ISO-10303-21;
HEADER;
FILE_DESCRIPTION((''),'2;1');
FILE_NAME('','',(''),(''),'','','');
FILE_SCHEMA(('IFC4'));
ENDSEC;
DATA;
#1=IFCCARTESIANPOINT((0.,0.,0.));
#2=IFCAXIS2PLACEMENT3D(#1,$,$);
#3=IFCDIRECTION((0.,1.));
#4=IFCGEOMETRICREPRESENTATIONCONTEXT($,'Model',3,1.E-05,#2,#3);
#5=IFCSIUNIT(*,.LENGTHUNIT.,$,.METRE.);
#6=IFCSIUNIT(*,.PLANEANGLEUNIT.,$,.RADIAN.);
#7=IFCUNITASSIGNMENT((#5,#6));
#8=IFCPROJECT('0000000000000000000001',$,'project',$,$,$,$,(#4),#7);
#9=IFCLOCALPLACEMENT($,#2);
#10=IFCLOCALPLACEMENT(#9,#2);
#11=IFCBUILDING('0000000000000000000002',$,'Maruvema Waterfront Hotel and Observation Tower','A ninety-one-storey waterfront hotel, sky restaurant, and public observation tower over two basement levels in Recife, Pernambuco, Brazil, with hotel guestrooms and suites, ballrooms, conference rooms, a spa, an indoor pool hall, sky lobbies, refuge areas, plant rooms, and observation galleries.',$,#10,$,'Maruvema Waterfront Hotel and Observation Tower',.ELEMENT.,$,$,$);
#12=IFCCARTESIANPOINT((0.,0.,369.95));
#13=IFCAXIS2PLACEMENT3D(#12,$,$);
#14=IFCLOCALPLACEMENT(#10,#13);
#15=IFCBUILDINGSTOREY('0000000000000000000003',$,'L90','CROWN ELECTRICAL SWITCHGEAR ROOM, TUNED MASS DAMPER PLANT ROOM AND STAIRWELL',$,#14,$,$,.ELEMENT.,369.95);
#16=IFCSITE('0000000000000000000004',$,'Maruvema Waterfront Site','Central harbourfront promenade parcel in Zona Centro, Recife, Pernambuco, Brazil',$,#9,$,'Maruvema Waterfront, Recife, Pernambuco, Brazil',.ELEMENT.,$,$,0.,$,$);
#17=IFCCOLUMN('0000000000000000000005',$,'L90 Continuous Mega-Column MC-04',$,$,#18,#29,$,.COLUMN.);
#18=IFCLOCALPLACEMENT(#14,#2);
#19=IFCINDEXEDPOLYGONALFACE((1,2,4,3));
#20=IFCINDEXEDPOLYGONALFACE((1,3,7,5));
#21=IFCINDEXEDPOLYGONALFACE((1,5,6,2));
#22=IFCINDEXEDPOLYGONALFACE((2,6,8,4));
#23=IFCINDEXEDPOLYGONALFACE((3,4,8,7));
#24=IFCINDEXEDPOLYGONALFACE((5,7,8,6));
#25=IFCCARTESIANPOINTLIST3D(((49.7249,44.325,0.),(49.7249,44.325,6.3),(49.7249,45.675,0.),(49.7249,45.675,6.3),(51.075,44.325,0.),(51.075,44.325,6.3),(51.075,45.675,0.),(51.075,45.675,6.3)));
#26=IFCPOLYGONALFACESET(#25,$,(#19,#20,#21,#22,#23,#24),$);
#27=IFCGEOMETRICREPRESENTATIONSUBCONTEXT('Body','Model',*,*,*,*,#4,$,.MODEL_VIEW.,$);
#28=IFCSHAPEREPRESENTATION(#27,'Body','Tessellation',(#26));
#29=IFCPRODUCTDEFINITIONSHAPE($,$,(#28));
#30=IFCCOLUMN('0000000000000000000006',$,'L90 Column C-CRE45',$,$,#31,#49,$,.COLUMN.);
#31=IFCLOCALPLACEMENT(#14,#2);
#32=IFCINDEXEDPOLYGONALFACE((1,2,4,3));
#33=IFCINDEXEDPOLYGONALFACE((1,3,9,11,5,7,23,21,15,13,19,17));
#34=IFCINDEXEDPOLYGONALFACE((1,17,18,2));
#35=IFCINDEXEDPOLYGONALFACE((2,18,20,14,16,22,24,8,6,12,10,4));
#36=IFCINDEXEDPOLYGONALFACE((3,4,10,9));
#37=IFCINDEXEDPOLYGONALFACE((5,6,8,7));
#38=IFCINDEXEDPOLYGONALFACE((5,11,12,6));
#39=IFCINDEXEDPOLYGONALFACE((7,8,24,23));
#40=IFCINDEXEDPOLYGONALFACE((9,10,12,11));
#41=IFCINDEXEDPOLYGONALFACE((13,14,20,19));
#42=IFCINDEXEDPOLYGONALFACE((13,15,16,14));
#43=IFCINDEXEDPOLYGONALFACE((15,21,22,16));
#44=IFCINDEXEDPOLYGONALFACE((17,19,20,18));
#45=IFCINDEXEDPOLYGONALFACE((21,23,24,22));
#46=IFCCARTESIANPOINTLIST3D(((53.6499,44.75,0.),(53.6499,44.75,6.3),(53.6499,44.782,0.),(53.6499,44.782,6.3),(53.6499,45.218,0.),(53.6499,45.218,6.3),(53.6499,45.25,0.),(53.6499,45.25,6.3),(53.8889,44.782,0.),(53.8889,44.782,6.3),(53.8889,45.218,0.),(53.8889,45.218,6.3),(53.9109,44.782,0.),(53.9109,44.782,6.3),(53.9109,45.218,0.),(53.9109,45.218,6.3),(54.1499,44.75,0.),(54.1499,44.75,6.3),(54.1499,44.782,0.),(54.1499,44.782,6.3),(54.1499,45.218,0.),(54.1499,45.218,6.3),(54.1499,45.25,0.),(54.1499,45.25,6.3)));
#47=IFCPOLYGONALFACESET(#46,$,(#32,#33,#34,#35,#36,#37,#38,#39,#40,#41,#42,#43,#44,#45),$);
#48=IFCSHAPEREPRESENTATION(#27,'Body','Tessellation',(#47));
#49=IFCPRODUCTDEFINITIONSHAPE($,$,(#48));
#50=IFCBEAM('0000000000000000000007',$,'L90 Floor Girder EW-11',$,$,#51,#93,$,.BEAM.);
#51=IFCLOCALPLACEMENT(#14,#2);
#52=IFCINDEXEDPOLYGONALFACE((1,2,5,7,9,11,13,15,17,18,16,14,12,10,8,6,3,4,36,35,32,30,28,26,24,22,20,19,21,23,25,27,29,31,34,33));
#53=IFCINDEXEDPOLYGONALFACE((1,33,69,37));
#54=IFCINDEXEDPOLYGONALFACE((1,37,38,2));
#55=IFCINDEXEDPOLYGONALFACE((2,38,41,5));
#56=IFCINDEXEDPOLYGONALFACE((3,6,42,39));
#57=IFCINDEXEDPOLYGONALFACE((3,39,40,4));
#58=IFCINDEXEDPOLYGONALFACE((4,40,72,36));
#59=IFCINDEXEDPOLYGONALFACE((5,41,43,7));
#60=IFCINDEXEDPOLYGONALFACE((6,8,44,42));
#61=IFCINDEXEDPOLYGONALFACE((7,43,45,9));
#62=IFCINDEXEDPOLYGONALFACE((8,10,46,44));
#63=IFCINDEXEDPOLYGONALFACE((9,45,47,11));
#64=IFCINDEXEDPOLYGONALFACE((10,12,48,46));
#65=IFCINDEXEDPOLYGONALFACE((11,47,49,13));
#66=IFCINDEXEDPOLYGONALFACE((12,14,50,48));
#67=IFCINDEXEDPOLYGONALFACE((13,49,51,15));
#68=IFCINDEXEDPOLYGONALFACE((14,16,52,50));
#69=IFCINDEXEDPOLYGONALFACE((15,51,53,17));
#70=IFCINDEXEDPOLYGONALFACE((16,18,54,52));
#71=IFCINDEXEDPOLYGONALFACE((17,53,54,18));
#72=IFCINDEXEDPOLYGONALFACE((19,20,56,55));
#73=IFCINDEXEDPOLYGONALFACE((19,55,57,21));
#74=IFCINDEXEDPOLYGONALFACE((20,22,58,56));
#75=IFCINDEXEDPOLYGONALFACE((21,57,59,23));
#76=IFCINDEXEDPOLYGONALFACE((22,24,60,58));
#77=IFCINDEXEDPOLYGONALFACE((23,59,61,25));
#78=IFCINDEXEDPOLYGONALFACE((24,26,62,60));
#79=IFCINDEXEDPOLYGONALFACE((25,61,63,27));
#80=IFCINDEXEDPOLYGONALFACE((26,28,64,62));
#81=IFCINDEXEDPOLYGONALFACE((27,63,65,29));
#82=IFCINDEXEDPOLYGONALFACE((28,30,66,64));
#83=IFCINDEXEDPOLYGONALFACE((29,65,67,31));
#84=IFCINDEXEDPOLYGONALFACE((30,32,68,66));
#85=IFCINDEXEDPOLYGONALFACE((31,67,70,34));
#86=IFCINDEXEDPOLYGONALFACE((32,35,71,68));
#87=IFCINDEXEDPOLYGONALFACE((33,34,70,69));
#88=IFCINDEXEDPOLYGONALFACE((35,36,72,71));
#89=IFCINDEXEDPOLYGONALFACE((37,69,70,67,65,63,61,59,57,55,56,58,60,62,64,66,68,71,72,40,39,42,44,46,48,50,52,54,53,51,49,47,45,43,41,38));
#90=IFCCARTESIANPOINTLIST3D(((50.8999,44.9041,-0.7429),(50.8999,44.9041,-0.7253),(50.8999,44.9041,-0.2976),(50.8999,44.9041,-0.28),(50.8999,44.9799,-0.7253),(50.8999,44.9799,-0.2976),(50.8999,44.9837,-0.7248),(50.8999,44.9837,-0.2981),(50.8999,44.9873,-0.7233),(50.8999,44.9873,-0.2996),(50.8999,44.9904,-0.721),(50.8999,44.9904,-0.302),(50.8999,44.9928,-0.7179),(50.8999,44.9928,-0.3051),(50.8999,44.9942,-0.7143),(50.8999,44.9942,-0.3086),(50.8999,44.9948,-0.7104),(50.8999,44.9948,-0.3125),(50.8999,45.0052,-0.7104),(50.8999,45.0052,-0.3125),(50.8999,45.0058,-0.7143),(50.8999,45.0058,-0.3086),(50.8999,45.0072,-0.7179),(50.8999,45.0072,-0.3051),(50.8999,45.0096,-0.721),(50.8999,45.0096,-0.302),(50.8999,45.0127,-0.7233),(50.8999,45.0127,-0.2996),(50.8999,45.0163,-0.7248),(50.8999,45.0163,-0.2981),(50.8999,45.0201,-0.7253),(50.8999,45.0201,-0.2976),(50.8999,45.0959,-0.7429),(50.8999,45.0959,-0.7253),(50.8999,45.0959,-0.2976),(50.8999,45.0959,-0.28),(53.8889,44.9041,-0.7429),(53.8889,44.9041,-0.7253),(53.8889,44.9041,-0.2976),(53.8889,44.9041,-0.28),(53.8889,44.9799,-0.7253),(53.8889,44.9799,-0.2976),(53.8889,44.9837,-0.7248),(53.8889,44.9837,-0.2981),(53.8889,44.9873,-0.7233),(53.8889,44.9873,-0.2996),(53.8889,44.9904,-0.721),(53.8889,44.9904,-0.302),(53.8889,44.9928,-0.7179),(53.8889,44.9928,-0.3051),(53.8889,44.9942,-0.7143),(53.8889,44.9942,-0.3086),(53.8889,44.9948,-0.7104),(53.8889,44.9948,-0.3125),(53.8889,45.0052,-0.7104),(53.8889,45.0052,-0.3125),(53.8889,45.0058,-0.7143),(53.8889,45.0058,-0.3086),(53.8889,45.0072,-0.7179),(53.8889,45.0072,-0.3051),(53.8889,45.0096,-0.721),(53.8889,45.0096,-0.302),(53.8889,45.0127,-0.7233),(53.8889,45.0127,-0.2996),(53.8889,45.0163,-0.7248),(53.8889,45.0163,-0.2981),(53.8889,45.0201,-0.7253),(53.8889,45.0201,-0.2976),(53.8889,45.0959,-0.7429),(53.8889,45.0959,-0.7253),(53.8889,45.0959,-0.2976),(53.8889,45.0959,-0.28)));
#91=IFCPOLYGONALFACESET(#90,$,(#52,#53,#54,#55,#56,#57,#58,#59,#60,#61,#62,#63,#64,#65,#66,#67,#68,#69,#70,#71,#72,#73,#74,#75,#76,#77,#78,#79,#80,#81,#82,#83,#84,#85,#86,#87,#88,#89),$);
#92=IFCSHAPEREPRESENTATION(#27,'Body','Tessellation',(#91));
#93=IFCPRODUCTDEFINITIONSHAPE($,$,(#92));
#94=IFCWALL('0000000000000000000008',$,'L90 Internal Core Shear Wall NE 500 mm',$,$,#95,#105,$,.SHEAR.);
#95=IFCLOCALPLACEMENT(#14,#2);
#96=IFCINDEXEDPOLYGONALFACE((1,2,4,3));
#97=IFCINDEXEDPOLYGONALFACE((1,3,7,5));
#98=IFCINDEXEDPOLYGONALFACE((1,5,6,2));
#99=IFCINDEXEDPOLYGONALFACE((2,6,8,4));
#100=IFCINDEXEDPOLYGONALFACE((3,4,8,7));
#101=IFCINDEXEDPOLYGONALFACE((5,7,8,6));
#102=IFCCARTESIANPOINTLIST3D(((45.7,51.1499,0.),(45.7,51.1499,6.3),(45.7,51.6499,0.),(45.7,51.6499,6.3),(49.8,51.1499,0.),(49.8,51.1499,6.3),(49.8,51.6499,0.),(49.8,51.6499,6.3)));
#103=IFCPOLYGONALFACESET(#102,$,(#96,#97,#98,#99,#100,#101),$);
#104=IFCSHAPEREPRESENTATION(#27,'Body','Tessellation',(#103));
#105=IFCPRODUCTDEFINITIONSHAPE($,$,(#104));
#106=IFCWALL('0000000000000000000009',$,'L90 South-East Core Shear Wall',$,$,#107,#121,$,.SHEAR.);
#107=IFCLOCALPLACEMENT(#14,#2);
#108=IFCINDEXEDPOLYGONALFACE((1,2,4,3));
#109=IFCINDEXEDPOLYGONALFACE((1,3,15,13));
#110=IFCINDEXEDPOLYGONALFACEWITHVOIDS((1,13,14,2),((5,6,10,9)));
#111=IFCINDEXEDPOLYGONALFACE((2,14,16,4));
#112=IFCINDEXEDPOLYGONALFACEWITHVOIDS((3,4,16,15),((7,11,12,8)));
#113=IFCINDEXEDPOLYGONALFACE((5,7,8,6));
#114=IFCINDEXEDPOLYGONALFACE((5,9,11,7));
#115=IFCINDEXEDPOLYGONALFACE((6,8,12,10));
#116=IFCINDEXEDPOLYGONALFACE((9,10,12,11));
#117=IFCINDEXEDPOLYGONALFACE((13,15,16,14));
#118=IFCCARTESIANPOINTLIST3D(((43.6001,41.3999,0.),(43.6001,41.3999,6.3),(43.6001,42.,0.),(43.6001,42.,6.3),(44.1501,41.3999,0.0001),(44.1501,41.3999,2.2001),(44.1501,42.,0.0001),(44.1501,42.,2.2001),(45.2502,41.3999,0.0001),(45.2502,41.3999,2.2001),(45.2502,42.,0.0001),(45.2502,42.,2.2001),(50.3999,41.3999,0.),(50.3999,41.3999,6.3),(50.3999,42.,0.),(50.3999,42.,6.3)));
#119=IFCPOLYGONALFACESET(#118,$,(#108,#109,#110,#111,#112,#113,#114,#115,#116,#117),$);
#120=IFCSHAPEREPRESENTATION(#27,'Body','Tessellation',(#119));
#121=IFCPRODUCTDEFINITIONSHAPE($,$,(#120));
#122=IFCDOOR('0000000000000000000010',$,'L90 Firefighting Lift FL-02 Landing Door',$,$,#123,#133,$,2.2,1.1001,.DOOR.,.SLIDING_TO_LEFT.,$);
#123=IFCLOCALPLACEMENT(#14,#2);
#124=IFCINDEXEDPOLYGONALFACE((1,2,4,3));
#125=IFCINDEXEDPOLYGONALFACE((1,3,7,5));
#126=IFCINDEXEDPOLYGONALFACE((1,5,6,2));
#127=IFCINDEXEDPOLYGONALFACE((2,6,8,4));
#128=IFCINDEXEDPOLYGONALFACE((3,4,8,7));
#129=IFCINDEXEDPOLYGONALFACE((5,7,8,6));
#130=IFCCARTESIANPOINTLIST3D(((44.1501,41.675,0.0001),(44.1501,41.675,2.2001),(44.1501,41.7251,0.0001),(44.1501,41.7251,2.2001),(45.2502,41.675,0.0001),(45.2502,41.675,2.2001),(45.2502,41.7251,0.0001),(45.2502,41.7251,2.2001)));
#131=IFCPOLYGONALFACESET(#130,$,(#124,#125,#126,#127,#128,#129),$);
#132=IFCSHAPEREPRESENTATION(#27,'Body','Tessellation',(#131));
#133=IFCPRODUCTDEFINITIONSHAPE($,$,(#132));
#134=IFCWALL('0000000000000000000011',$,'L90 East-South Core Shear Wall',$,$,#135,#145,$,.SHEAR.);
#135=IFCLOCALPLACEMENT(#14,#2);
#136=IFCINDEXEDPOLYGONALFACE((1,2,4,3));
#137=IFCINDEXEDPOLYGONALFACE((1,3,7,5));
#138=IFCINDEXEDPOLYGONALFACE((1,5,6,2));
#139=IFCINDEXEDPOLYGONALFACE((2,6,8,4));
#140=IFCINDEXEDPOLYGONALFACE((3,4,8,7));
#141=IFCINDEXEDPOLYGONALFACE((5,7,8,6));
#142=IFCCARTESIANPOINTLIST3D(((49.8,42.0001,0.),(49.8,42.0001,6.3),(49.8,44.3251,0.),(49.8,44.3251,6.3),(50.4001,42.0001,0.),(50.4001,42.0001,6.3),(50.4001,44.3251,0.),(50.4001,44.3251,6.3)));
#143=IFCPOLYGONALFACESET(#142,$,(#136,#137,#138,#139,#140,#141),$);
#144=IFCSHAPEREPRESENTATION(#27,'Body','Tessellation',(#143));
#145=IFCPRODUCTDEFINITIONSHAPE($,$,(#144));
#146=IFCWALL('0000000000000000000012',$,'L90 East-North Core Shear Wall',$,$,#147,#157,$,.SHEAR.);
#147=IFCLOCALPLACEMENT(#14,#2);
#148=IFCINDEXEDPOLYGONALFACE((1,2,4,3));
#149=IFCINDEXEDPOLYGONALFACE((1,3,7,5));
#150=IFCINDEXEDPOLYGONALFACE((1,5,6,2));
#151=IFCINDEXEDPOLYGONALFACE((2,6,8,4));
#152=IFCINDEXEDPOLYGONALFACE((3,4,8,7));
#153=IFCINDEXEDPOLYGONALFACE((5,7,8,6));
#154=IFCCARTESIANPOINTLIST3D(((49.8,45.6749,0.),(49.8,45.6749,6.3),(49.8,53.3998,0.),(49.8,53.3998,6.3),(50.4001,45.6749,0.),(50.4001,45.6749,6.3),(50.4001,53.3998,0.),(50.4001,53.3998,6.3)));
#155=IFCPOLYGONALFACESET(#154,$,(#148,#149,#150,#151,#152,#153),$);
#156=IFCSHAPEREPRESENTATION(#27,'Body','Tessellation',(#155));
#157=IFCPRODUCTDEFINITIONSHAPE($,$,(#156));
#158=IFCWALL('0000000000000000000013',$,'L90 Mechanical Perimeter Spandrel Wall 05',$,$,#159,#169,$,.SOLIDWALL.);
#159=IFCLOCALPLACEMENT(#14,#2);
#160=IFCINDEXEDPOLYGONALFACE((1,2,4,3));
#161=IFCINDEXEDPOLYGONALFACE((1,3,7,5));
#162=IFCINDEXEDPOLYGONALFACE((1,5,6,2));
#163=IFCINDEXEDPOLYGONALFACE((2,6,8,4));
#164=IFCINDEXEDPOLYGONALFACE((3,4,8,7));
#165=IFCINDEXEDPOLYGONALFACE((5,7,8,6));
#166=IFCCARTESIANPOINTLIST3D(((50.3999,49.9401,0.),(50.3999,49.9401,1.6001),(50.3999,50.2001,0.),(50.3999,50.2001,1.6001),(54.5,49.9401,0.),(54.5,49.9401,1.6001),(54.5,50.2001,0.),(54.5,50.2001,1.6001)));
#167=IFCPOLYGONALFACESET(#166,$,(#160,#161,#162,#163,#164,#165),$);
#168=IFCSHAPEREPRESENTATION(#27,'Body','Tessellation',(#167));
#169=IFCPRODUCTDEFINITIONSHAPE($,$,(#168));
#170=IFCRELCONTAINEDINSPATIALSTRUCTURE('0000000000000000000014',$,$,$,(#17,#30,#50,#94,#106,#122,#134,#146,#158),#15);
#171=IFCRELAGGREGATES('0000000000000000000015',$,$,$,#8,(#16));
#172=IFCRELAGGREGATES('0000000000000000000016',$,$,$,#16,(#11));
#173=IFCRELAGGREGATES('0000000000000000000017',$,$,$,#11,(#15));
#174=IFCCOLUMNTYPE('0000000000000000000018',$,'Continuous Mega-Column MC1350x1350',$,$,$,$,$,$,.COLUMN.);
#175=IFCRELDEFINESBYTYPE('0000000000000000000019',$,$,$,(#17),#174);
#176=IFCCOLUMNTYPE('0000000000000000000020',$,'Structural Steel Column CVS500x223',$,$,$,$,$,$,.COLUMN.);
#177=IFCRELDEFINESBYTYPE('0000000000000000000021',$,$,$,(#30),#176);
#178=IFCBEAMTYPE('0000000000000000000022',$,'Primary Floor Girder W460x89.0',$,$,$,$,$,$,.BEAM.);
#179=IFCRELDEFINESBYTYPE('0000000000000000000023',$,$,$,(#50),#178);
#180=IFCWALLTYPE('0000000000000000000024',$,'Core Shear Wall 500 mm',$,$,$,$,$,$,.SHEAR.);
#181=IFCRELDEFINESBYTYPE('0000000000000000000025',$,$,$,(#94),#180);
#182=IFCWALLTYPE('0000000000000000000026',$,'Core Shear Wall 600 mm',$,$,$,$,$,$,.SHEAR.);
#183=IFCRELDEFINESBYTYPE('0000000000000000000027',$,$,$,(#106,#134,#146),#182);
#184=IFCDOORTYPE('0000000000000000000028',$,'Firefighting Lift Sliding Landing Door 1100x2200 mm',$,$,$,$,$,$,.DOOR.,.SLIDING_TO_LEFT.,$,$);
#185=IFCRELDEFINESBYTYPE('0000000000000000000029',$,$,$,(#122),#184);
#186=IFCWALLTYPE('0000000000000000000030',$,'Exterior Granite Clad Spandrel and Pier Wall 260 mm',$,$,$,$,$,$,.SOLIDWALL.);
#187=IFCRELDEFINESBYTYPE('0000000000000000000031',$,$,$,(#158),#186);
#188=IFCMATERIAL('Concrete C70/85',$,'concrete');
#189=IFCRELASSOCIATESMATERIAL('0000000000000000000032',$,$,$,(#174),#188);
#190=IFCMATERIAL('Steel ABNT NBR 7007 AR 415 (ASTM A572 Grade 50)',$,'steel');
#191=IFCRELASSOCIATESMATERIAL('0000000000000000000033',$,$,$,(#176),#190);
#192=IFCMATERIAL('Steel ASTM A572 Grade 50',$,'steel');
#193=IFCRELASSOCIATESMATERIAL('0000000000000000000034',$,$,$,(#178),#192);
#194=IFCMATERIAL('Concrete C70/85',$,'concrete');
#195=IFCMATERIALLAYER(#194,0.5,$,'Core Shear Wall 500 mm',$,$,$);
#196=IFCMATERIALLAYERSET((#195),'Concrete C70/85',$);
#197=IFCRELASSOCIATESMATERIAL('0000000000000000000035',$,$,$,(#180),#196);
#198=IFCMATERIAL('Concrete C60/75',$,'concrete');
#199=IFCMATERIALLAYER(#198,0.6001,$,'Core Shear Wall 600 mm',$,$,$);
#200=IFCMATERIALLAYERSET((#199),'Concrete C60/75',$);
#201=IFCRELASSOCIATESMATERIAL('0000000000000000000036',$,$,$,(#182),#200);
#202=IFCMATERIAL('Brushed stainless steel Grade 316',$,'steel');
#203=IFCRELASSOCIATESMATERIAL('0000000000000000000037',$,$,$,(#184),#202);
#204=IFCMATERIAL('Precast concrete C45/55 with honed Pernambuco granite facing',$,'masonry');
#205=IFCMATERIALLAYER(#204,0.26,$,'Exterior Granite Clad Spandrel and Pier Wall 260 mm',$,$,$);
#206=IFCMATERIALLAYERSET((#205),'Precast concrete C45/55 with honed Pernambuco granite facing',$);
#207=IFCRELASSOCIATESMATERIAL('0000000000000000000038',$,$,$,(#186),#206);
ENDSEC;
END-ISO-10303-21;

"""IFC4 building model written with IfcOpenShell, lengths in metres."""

from ifc_helpers import new_model, si_unit, direction, frame, frame_2d, origin, origin_2d, place, context, subcontext, project, spatial, rectangle, i_section, extrude, material, layer, layer_set, material_profile, profile_set, type_object, element, fill, save


model = new_model("IFC4")

# Units and contexts
model_context = context("Model", 3, precision=1e-05, world=origin(), true_north=direction((0.0, 1.0)))
body_context = subcontext(model_context, "Body", "Model", "MODEL_VIEW")
ifc_project = project(units=[si_unit("LENGTHUNIT", "METRE"), si_unit("PLANEANGLEUNIT", "RADIAN")], contexts=[model_context])

# Site, building, storey
site_placement = place(None, origin())
site = spatial("IfcSite", under=ifc_project, at=site_placement, Name="Maruvema Waterfront Site", Description="Central harbourfront promenade parcel in Zona Centro, Recife, Pernambuco, Brazil", LongName="Maruvema Waterfront, Recife, Pernambuco, Brazil", CompositionType="ELEMENT", RefElevation=0.0)
building_placement = place(site_placement, origin())
building = spatial("IfcBuilding", under=site, at=building_placement, Name="Maruvema Waterfront Hotel and Observation Tower", Description="A ninety-one-storey waterfront hotel, sky restaurant, and public observation tower over two basement levels in Recife, Pernambuco, Brazil, with hotel guestrooms and suites, ballrooms, conference rooms, a spa, an indoor pool hall, sky lobbies, refuge areas, plant rooms, and observation galleries.", LongName="Maruvema Waterfront Hotel and Observation Tower", CompositionType="ELEMENT")
storey_placement = place(building_placement, frame((0.0, 0.0, 369.95)))
storey = spatial("IfcBuildingStorey", under=building, at=storey_placement, Name="L90", Description="CROWN ELECTRICAL SWITCHGEAR ROOM, TUNED MASS DAMPER PLANT ROOM AND STAIRWELL", CompositionType="ELEMENT", Elevation=369.95)

# Columns
ifc_material_1 = material(Name="Concrete C70/85", Category="concrete")
ifc_material_profile_1 = material_profile(ifc_material_1, rectangle(XDim=1.3501, YDim=1.3501, at=origin_2d()), Name="MC1350x1350")
ifc_profile_set_1 = profile_set([ifc_material_profile_1], Name="Concrete C70/85")
column_type_1 = type_object("IfcColumnType", Name="Continuous Mega-Column MC1350x1350", PredefinedType="COLUMN", material=ifc_profile_set_1)
column_1_placement = place(storey_placement, frame((50.3999, 45.0, 0.0), z_axis=(0.0, 0.0, 1.0), x_axis=(1.0, 0.0, 0.0)))
element("IfcColumn", 1, at=column_1_placement, inside=storey, type_object=column_type_1, Name="L90 Continuous Mega-Column MC-04", PredefinedType="COLUMN", context=body_context, shape_type="SweptSolid", body=[
    extrude(rectangle(XDim=1.3501, YDim=1.3501, at=origin_2d()), origin(), (0.0, 0.0, 1.0), 6.3),
])
ifc_material_2 = material(Name="Steel ABNT NBR 7007 AR 415 (ASTM A572 Grade 50)", Category="steel")
ifc_material_profile_2 = material_profile(ifc_material_2, i_section(OverallWidth=0.5, OverallDepth=0.5, WebThickness=0.022, FlangeThickness=0.032, at=origin_2d()), Name="CVS500x223")
ifc_profile_set_2 = profile_set([ifc_material_profile_2], Name="Steel ABNT NBR 7007 AR 415 (ASTM A572 Grade 50)")
column_type_2 = type_object("IfcColumnType", Name="Structural Steel Column CVS500x223", PredefinedType="COLUMN", material=ifc_profile_set_2)
column_2_placement = place(storey_placement, frame((53.8999, 45.0, 0.0), z_axis=(0.0, 0.0, 1.0), x_axis=(1.0, 0.0, 0.0)))
element("IfcColumn", 2, at=column_2_placement, inside=storey, type_object=column_type_2, Name="L90 Column C-CRE45", PredefinedType="COLUMN", context=body_context, shape_type="SweptSolid", body=[
    extrude(i_section(OverallWidth=0.5, OverallDepth=0.5, WebThickness=0.022, FlangeThickness=0.032, at=origin_2d()), origin(), (0.0, 0.0, 1.0), 6.3),
])

# Beam
ifc_material_3 = material(Name="Steel ASTM A572 Grade 50", Category="steel")
ifc_material_profile_3 = material_profile(ifc_material_3, i_section(OverallWidth=0.1919, OverallDepth=0.4629, WebThickness=0.0105, FlangeThickness=0.0176, FilletRadius=0.0149, at=origin_2d()), Name="W460x89.0")
ifc_profile_set_3 = profile_set([ifc_material_profile_3], Name="Steel ASTM A572 Grade 50")
beam_type = type_object("IfcBeamType", Name="Primary Floor Girder W460x89.0", PredefinedType="BEAM", material=ifc_profile_set_3)
beam_placement = place(storey_placement, frame((50.8999, 45.0, -0.5115), z_axis=(1.0, 0.0, 0.0), x_axis=(0.0, 1.0, 0.0)))
element("IfcBeam", 3, at=beam_placement, inside=storey, type_object=beam_type, Name="L90 Floor Girder EW-11", PredefinedType="BEAM", context=body_context, shape_type="SweptSolid", body=[
    extrude(i_section(OverallWidth=0.1919, OverallDepth=0.4629, WebThickness=0.0105, FlangeThickness=0.0176, FilletRadius=0.0149, at=origin_2d()), origin(), (0.0, 0.0, 1.0), 2.989),
])

# Wall
ifc_material_4 = material(Name="Concrete C70/85", Category="concrete")
ifc_layer_1 = layer(ifc_material_4, 0.5, Name="Core Shear Wall 500 mm")
ifc_layer_set_1 = layer_set([ifc_layer_1], Name="Concrete C70/85")
wall_type_1 = type_object("IfcWallType", Name="Core Shear Wall 500 mm", PredefinedType="SHEAR", material=ifc_layer_set_1)
wall_1_placement = place(storey_placement, frame((45.7, 51.3999, 0.0), z_axis=(0.0, 0.0, 1.0), x_axis=(1.0, 0.0, 0.0)))
element("IfcWall", 4, at=wall_1_placement, inside=storey, type_object=wall_type_1, Name="L90 Internal Core Shear Wall NE 500 mm", PredefinedType="SHEAR", context=body_context, shape_type="SweptSolid", body=[
    extrude(rectangle(XDim=4.1001, YDim=0.5, at=frame_2d((2.05, 0.0))), origin(), (0.0, 0.0, 1.0), 6.3),
])

# Wall, opening, door
ifc_material_5 = material(Name="Concrete C60/75", Category="concrete")
ifc_layer_2 = layer(ifc_material_5, 0.6001, Name="Core Shear Wall 600 mm")
ifc_layer_set_2 = layer_set([ifc_layer_2], Name="Concrete C60/75")
wall_type_2 = type_object("IfcWallType", Name="Core Shear Wall 600 mm", PredefinedType="SHEAR", material=ifc_layer_set_2)
wall_2_placement = place(storey_placement, frame((43.6001, 41.7, 0.0), z_axis=(0.0, 0.0, 1.0), x_axis=(1.0, 0.0, 0.0)))
wall_2 = element("IfcWall", 5, at=wall_2_placement, inside=storey, type_object=wall_type_2, Name="L90 South-East Core Shear Wall", PredefinedType="SHEAR", context=body_context, shape_type="SweptSolid", body=[
    extrude(rectangle(XDim=6.7998, YDim=0.6001, at=frame_2d((3.3999, 0.0))), origin(), (0.0, 0.0, 1.0), 6.3),
])
opening_placement = place(wall_2_placement, frame((0.55, 0.0, 0.0)))
opening = element("IfcOpeningElement", 6, at=opening_placement, cuts=wall_2, PredefinedType="OPENING", context=body_context, shape_type="SweptSolid", body=[
    extrude(rectangle(XDim=1.1001, YDim=2.2, at=frame_2d((0.55, 1.1001))), frame((0.0, 0.3101, 0.0), z_axis=(0.0, -1.0, 0.0), x_axis=(1.0, 0.0, 0.0)), (0.0, 0.0, 1.0), 0.6201),
])
ifc_material_6 = material(Name="Brushed stainless steel Grade 316", Category="steel")
door_type = type_object("IfcDoorType", Name="Firefighting Lift Sliding Landing Door 1100x2200 mm", OperationType="SLIDING_TO_LEFT", PredefinedType="DOOR", material=ifc_material_6)
door_placement = place(opening_placement, frame((1.1001, 0.0, 0.0), z_axis=(0.0, 0.0, 1.0), x_axis=(-1.0, 0.0, 0.0)))
door = element("IfcDoor", 7, at=door_placement, inside=storey, type_object=door_type, Name="L90 Firefighting Lift FL-02 Landing Door", OperationType="SLIDING_TO_LEFT", OverallHeight=2.2, OverallWidth=1.1001, PredefinedType="DOOR", context=body_context, shape_type="SweptSolid", body=[
    extrude(rectangle(XDim=1.1001, YDim=2.2, at=frame_2d((0.55, 1.1001))), frame((0.0, 0.0249, 0.0), z_axis=(0.0, -1.0, 0.0), x_axis=(1.0, 0.0, 0.0)), (0.0, 0.0, 1.0), 0.05),
])
fill(opening, door)

# Walls
wall_3_placement = place(storey_placement, frame((50.1001, 42.0, 0.0), z_axis=(0.0, 0.0, 1.0), x_axis=(0.0, 1.0, 0.0)))
element("IfcWall", 8, at=wall_3_placement, inside=storey, type_object=wall_type_2, Name="L90 East-South Core Shear Wall", PredefinedType="SHEAR", context=body_context, shape_type="SweptSolid", body=[
    extrude(rectangle(XDim=2.325, YDim=0.6001, at=frame_2d((1.1626, 0.0))), origin(), (0.0, 0.0, 1.0), 6.3),
])
wall_4_placement = place(storey_placement, frame((50.1001, 45.675, 0.0), z_axis=(0.0, 0.0, 1.0), x_axis=(0.0, 1.0, 0.0)))
element("IfcWall", 9, at=wall_4_placement, inside=storey, type_object=wall_type_2, Name="L90 East-North Core Shear Wall", PredefinedType="SHEAR", context=body_context, shape_type="SweptSolid", body=[
    extrude(rectangle(XDim=7.7249, YDim=0.6001, at=frame_2d((3.8623, 0.0))), origin(), (0.0, 0.0, 1.0), 6.3),
])
ifc_material_7 = material(Name="Precast concrete C45/55 with honed Pernambuco granite facing", Category="masonry")
ifc_layer_3 = layer(ifc_material_7, 0.26, Name="Exterior Granite Clad Spandrel and Pier Wall 260 mm")
ifc_layer_set_3 = layer_set([ifc_layer_3], Name="Precast concrete C45/55 with honed Pernambuco granite facing")
wall_type_3 = type_object("IfcWallType", Name="Exterior Granite Clad Spandrel and Pier Wall 260 mm", PredefinedType="SOLIDWALL", material=ifc_layer_set_3)
wall_5_placement = place(storey_placement, frame((54.5, 50.0701, 0.0), z_axis=(0.0, 0.0, 1.0), x_axis=(-1.0, 0.0, 0.0)))
element("IfcWall", 10, at=wall_5_placement, inside=storey, type_object=wall_type_3, Name="L90 Mechanical Perimeter Spandrel Wall 05", PredefinedType="SOLIDWALL", context=body_context, shape_type="SweptSolid", body=[
    extrude(rectangle(XDim=4.1001, YDim=0.26, at=frame_2d((2.05, 0.0))), origin(), (0.0, 0.0, 1.0), 1.6001),
])

save(model, "model.ifc")
